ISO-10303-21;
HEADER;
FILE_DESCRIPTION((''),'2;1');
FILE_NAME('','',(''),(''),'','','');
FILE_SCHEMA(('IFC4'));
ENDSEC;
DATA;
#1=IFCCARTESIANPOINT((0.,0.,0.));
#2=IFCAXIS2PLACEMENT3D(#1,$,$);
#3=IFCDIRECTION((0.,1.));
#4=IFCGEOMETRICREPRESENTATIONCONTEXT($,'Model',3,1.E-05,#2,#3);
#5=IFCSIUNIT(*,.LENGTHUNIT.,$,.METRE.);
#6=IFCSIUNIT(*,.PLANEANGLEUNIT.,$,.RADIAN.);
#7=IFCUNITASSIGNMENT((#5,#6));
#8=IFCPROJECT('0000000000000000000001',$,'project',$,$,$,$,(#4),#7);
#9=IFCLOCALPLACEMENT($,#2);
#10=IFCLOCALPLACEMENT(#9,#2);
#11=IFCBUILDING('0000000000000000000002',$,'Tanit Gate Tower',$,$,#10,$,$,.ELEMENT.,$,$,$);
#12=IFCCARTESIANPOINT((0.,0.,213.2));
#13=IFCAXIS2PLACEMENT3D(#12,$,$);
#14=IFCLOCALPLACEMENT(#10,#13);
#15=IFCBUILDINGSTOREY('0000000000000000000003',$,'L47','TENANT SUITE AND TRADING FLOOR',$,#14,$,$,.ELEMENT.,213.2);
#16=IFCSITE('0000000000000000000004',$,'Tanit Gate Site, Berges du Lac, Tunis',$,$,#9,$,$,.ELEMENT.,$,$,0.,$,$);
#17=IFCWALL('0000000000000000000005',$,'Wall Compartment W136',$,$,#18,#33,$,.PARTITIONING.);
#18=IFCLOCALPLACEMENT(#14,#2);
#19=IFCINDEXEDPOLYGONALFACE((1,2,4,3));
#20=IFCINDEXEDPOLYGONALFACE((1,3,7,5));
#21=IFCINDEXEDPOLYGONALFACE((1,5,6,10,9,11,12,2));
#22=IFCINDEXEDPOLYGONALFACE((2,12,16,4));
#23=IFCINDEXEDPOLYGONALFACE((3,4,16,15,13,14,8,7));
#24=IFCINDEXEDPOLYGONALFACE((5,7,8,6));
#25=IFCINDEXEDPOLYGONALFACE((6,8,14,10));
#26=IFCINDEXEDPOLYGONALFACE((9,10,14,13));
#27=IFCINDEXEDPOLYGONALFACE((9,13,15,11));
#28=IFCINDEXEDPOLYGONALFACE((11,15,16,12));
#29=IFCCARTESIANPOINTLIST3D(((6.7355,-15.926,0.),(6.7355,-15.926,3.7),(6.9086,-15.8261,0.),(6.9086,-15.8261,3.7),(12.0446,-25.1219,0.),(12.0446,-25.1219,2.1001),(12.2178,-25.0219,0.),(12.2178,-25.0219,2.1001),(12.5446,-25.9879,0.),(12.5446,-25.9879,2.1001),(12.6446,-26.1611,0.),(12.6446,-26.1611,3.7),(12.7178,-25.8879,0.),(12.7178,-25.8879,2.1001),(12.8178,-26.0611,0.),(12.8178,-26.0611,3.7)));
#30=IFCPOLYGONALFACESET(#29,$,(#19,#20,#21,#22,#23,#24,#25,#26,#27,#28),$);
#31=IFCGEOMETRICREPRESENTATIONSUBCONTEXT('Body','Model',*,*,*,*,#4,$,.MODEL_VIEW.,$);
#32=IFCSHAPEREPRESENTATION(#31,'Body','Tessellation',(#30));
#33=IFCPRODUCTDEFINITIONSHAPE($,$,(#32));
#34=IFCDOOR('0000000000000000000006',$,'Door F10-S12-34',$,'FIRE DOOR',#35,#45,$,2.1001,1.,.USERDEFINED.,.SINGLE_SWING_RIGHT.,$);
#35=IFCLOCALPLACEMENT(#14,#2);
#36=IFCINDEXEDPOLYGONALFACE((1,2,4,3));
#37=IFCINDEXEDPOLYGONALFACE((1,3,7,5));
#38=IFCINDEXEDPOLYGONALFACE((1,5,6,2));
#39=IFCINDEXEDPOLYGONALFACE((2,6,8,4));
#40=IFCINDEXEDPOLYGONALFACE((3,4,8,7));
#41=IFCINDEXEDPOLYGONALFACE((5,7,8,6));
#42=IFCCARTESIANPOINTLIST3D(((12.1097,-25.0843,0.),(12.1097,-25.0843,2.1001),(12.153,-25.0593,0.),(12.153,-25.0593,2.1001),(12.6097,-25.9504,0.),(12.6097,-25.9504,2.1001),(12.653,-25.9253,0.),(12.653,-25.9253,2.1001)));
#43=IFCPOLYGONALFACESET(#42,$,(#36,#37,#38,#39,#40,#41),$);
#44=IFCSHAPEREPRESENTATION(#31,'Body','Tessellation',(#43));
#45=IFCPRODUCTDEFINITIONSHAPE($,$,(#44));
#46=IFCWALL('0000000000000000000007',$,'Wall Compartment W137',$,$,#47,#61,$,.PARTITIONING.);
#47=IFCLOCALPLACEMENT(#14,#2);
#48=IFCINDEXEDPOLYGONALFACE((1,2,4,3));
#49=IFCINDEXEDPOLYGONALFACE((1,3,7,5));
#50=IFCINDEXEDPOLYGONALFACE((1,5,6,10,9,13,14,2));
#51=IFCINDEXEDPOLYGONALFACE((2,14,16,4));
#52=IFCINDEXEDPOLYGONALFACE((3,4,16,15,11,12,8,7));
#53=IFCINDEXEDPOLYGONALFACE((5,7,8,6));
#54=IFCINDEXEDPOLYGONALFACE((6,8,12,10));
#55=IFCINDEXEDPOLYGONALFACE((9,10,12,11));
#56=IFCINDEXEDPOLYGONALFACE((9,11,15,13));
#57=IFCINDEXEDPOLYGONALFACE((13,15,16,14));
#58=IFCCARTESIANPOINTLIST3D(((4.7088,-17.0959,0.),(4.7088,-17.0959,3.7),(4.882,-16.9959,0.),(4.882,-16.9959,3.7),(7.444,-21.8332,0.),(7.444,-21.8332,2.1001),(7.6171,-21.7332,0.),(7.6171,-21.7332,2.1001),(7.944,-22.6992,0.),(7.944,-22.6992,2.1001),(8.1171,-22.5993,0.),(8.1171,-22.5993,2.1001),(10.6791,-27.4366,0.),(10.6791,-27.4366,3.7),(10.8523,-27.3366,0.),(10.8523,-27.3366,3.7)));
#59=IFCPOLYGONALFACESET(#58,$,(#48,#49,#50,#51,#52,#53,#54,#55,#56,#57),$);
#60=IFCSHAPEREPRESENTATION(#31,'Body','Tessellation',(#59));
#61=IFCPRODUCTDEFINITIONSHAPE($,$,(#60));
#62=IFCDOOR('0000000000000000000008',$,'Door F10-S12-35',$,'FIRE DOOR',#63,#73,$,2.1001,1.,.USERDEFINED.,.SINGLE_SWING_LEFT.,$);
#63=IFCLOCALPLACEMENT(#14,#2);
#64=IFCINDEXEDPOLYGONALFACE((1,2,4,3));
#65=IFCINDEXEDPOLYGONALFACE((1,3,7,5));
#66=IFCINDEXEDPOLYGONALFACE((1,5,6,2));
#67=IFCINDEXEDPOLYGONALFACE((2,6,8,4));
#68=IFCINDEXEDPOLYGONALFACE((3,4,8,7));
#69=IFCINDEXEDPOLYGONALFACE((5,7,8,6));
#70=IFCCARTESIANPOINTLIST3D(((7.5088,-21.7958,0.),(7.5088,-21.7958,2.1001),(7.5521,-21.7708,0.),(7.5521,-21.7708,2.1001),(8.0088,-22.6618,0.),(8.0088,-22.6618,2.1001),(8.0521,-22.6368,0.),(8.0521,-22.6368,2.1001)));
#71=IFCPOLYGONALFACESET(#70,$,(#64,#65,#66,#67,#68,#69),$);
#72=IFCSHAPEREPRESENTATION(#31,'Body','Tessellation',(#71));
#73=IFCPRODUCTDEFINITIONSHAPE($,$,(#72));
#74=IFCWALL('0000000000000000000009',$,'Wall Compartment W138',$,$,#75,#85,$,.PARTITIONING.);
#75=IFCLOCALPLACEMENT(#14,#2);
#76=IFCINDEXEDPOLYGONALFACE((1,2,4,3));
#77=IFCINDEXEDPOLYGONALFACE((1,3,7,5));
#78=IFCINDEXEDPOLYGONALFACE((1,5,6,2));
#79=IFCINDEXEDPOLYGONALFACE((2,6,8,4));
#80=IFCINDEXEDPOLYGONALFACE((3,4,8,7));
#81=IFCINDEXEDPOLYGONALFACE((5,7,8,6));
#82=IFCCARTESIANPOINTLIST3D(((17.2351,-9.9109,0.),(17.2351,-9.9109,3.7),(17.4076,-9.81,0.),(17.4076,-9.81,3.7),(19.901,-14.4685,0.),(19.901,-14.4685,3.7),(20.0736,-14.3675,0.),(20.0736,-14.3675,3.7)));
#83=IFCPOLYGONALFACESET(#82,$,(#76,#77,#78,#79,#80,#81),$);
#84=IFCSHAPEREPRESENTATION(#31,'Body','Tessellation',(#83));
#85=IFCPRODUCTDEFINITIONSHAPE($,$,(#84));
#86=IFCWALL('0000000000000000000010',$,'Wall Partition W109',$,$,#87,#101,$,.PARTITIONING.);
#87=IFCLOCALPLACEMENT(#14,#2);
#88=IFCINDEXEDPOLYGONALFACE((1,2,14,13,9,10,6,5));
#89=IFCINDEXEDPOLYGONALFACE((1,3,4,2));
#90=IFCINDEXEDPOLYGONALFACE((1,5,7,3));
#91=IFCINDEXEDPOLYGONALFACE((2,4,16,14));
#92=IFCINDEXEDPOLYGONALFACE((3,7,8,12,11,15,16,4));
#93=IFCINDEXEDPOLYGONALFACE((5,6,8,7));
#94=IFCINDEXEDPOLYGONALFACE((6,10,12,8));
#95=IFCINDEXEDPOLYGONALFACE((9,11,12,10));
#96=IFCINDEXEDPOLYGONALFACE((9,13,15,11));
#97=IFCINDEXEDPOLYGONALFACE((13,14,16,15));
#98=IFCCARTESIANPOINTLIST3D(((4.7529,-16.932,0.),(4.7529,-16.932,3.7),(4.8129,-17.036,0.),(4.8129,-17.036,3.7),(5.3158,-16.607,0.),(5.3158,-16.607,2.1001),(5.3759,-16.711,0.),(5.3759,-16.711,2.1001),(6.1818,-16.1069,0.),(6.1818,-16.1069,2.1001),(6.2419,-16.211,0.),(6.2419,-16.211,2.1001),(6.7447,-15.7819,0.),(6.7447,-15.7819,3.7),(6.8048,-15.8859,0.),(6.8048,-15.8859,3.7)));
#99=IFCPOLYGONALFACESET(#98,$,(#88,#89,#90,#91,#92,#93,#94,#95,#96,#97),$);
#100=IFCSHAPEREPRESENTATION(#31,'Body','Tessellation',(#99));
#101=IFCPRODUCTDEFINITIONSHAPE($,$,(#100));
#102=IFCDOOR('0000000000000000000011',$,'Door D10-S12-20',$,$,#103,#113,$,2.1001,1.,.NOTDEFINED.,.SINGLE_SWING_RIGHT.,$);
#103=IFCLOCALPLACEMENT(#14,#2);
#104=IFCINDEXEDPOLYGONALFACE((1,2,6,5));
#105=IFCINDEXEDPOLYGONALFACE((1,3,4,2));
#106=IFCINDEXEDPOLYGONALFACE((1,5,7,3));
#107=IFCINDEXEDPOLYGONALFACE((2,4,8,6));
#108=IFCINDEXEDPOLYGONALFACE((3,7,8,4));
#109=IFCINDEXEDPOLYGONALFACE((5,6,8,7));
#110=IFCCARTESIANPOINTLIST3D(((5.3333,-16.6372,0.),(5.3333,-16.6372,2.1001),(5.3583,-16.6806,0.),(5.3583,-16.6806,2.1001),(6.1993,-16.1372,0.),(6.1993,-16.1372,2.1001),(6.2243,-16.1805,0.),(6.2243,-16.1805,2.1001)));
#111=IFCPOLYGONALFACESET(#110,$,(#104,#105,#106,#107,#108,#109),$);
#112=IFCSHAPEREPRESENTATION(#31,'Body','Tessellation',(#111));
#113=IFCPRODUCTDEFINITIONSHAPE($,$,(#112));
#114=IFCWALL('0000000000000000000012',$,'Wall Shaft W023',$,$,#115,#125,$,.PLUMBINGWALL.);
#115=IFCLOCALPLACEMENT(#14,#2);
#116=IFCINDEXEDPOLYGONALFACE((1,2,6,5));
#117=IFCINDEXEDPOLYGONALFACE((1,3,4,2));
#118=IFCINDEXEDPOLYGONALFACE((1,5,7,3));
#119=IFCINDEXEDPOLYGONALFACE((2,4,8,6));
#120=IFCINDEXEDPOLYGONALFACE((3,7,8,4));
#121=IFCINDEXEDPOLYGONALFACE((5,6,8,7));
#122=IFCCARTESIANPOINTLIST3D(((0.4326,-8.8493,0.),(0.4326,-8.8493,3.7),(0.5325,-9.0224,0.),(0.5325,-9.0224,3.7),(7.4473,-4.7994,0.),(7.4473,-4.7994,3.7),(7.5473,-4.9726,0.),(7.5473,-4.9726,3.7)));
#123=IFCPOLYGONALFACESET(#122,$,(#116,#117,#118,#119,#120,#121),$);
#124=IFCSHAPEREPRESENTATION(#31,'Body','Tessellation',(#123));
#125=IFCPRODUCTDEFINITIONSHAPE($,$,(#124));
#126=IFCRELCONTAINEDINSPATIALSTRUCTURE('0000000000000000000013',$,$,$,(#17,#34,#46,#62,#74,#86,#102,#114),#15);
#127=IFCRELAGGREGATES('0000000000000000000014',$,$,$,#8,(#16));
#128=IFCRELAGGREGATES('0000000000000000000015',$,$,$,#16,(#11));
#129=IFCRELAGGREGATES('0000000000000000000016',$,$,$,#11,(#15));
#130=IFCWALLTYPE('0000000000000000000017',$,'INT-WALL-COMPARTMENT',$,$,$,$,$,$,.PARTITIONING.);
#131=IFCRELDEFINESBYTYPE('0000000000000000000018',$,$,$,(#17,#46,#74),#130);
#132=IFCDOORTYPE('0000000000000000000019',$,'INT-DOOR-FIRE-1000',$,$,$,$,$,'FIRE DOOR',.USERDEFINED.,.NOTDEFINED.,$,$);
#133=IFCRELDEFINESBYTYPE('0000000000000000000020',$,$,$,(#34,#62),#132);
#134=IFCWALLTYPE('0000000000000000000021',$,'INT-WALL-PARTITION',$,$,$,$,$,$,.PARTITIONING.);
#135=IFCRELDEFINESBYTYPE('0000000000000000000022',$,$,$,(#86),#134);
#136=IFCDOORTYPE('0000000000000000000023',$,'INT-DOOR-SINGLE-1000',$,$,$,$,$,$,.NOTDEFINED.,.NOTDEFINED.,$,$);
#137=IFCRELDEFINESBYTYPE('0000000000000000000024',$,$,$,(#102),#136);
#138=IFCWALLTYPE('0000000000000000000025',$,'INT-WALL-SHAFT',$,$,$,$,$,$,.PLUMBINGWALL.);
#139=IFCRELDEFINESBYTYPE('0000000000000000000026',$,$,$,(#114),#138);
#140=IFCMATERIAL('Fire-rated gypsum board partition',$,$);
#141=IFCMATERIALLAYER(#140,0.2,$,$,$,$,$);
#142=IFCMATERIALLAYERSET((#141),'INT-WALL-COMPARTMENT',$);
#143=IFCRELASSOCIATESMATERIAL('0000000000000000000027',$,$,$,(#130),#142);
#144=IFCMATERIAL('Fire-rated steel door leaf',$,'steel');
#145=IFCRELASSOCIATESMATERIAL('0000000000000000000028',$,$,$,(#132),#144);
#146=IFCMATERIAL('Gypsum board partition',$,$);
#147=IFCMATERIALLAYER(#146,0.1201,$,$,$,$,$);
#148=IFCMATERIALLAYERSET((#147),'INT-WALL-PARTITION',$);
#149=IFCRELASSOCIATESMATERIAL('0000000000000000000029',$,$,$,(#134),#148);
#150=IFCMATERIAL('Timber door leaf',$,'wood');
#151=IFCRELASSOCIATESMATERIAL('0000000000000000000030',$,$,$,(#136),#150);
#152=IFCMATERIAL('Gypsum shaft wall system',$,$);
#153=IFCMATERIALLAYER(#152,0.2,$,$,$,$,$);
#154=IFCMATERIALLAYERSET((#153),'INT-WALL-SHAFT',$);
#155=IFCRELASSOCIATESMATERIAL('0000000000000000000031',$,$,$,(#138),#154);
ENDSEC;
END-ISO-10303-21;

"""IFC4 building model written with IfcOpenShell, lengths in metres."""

from ifc_helpers import new_model, si_unit, direction, frame, frame_2d, origin, place, context, subcontext, project, spatial, rectangle, extrude, material, layer, layer_set, type_object, element, fill, save


model = new_model("IFC4")

# Units and contexts
model_context = context("Model", 3, precision=1e-05, world=origin(), true_north=direction((0.0, 1.0)))
body_context = subcontext(model_context, "Body", "Model", "MODEL_VIEW")
ifc_project = project(units=[si_unit("LENGTHUNIT", "METRE"), si_unit("PLANEANGLEUNIT", "RADIAN")], contexts=[model_context])

# Site, building, storey
site_placement = place(None, origin())
site = spatial("IfcSite", under=ifc_project, at=site_placement, Name="Tanit Gate Site, Berges du Lac, Tunis", CompositionType="ELEMENT", RefElevation=0.0)
building_placement = place(site_placement, origin())
building = spatial("IfcBuilding", under=site, at=building_placement, Name="Tanit Gate Tower", CompositionType="ELEMENT")
storey_placement = place(building_placement, frame((0.0, 0.0, 213.2)))
storey = spatial("IfcBuildingStorey", under=building, at=storey_placement, Name="L47", Description="TENANT SUITE AND TRADING FLOOR", CompositionType="ELEMENT", Elevation=213.2)

# Shared definitions
ifc_material_1 = material(Name="Fire-rated gypsum board partition")
ifc_layer_1 = layer(ifc_material_1, 0.2)
ifc_layer_set_1 = layer_set([ifc_layer_1], Name="INT-WALL-COMPARTMENT")
wall_type_1 = type_object("IfcWallType", Name="INT-WALL-COMPARTMENT", PredefinedType="PARTITIONING", material=ifc_layer_set_1)

# Walls, openings, doors
wall_1_placement = place(storey_placement, frame((12.7312, -26.1111, 0.0), z_axis=(0.0, 0.0, 1.0), x_axis=(-0.499996, 0.866028, 0.0)))
wall_1 = element("IfcWall", 1, at=wall_1_placement, inside=storey, type_object=wall_type_1, Name="Wall Compartment W136", PredefinedType="PARTITIONING", context=body_context, shape_type="SweptSolid", body=[
    extrude(rectangle(XDim=11.8184, YDim=0.2, at=frame_2d((5.9092, 0.0))), origin(), (0.0, 0.0, 1.0), 3.7),
])
opening_1_placement = place(wall_1_placement, frame((0.2, 0.0, 0.0)))
opening_1 = element("IfcOpeningElement", 2, at=opening_1_placement, cuts=wall_1, PredefinedType="OPENING", context=body_context, shape_type="SweptSolid", body=[
    extrude(rectangle(XDim=1.0, YDim=2.1001, at=frame_2d((0.5, 1.05))), frame((0.0, 0.1099, 0.0), z_axis=(0.0, -1.0, 0.0), x_axis=(1.0, 0.0, 0.0)), (0.0, 0.0, 1.0), 0.22),
])
ifc_material_2 = material(Name="Fire-rated steel door leaf", Category="steel")
door_type_1 = type_object("IfcDoorType", Name="INT-DOOR-FIRE-1000", ElementType="FIRE DOOR", OperationType="NOTDEFINED", PredefinedType="USERDEFINED", material=ifc_material_2)
door_1_placement = place(opening_1_placement, origin())
door_1 = element("IfcDoor", 3, at=door_1_placement, inside=storey, type_object=door_type_1, Name="Door F10-S12-34", ObjectType="FIRE DOOR", OperationType="SINGLE_SWING_RIGHT", OverallHeight=2.1001, OverallWidth=1.0, PredefinedType="USERDEFINED", context=body_context, shape_type="SweptSolid", body=[
    extrude(rectangle(XDim=1.0, YDim=2.1001, at=frame_2d((0.5, 1.05))), frame((0.0, 0.0249, 0.0), z_axis=(0.0, -1.0, 0.0), x_axis=(1.0, 0.0, 0.0)), (0.0, 0.0, 1.0), 0.05),
])
fill(opening_1, door_1)
wall_2_placement = place(storey_placement, frame((4.7954, -17.0459, 0.0), z_axis=(0.0, 0.0, 1.0), x_axis=(0.500005, -0.866022, 0.0)))
wall_2 = element("IfcWall", 4, at=wall_2_placement, inside=storey, type_object=wall_type_1, Name="Wall Compartment W137", PredefinedType="PARTITIONING", context=body_context, shape_type="SweptSolid", body=[
    extrude(rectangle(XDim=11.9404, YDim=0.2, at=frame_2d((5.9702, 0.0))), origin(), (0.0, 0.0, 1.0), 3.7),
])
opening_2_placement = place(wall_2_placement, frame((5.4702, 0.0, 0.0)))
opening_2 = element("IfcOpeningElement", 5, at=opening_2_placement, cuts=wall_2, PredefinedType="OPENING", context=body_context, shape_type="SweptSolid", body=[
    extrude(rectangle(XDim=1.0, YDim=2.1001, at=frame_2d((0.5, 1.05))), frame((0.0, 0.1099, 0.0), z_axis=(0.0, -1.0, 0.0), x_axis=(1.0, 0.0, 0.0)), (0.0, 0.0, 1.0), 0.22),
])
door_2_placement = place(opening_2_placement, origin())
door_2 = element("IfcDoor", 6, at=door_2_placement, inside=storey, type_object=door_type_1, Name="Door F10-S12-35", ObjectType="FIRE DOOR", OperationType="SINGLE_SWING_LEFT", OverallHeight=2.1001, OverallWidth=1.0, PredefinedType="USERDEFINED", context=body_context, shape_type="SweptSolid", body=[
    extrude(rectangle(XDim=1.0, YDim=2.1001, at=frame_2d((0.5, 1.05))), frame((0.0, 0.0249, 0.0), z_axis=(0.0, -1.0, 0.0), x_axis=(1.0, 0.0, 0.0)), (0.0, 0.0, 1.0), 0.05),
])
fill(opening_2, door_2)

# Wall
wall_3_placement = place(storey_placement, frame((17.3213, -9.8604, 0.0), z_axis=(0.0, 0.0, 1.0), x_axis=(0.504917, -0.863168, 0.0)))
element("IfcWall", 7, at=wall_3_placement, inside=storey, type_object=wall_type_1, Name="Wall Compartment W138", PredefinedType="PARTITIONING", context=body_context, shape_type="SweptSolid", body=[
    extrude(rectangle(XDim=5.28, YDim=0.2, at=frame_2d((2.6401, 0.0))), origin(), (0.0, 0.0, 1.0), 3.7),
])

# Wall, opening, door
ifc_material_3 = material(Name="Gypsum board partition")
ifc_layer_2 = layer(ifc_material_3, 0.1201)
ifc_layer_set_2 = layer_set([ifc_layer_2], Name="INT-WALL-PARTITION")
wall_type_2 = type_object("IfcWallType", Name="INT-WALL-PARTITION", PredefinedType="PARTITIONING", material=ifc_layer_set_2)
wall_4_placement = place(storey_placement, frame((6.7747, -15.834, 0.0), z_axis=(0.0, 0.0, 1.0), x_axis=(-0.866007, -0.500032, 0.0)))
wall_4 = element("IfcWall", 8, at=wall_4_placement, inside=storey, type_object=wall_type_2, Name="Wall Partition W109", PredefinedType="PARTITIONING", context=body_context, shape_type="SweptSolid", body=[
    extrude(rectangle(XDim=2.3, YDim=0.1201, at=frame_2d((1.1499, 0.0))), origin(), (0.0, 0.0, 1.0), 3.7),
])
opening_3_placement = place(wall_4_placement, frame((0.6499, 0.0, 0.0)))
opening_3 = element("IfcOpeningElement", 9, at=opening_3_placement, cuts=wall_4, PredefinedType="OPENING", context=body_context, shape_type="SweptSolid", body=[
    extrude(rectangle(XDim=1.0, YDim=2.1001, at=frame_2d((0.5, 1.05))), frame((0.0, 0.0701, 0.0), z_axis=(0.0, -1.0, 0.0), x_axis=(1.0, 0.0, 0.0)), (0.0, 0.0, 1.0), 0.1401),
])
ifc_material_4 = material(Name="Timber door leaf", Category="wood")
door_type_2 = type_object("IfcDoorType", Name="INT-DOOR-SINGLE-1000", OperationType="NOTDEFINED", PredefinedType="NOTDEFINED", material=ifc_material_4)
door_3_placement = place(opening_3_placement, origin())
door_3 = element("IfcDoor", 10, at=door_3_placement, inside=storey, type_object=door_type_2, Name="Door D10-S12-20", OperationType="SINGLE_SWING_RIGHT", OverallHeight=2.1001, OverallWidth=1.0, PredefinedType="NOTDEFINED", context=body_context, shape_type="SweptSolid", body=[
    extrude(rectangle(XDim=1.0, YDim=2.1001, at=frame_2d((0.5, 1.05))), frame((0.0, 0.0249, 0.0), z_axis=(0.0, -1.0, 0.0), x_axis=(1.0, 0.0, 0.0)), (0.0, 0.0, 1.0), 0.05),
])
fill(opening_3, door_3)

# Wall
ifc_material_5 = material(Name="Gypsum shaft wall system")
ifc_layer_3 = layer(ifc_material_5, 0.2)
ifc_layer_set_3 = layer_set([ifc_layer_3], Name="INT-WALL-SHAFT")
wall_type_3 = type_object("IfcWallType", Name="INT-WALL-SHAFT", PredefinedType="PLUMBINGWALL", material=ifc_layer_set_3)
wall_5_placement = place(storey_placement, frame((0.4827, -8.9358, 0.0), z_axis=(0.0, 0.0, 1.0), x_axis=(0.866031, 0.49999, 0.0)))
element("IfcWall", 11, at=wall_5_placement, inside=storey, type_object=wall_type_3, Name="Wall Shaft W023", PredefinedType="PLUMBINGWALL", context=body_context, shape_type="SweptSolid", body=[
    extrude(rectangle(XDim=8.0999, YDim=0.2, at=frame_2d((4.0498, 0.0))), origin(), (0.0, 0.0, 1.0), 3.7),
])

save(model, "model.ifc")
